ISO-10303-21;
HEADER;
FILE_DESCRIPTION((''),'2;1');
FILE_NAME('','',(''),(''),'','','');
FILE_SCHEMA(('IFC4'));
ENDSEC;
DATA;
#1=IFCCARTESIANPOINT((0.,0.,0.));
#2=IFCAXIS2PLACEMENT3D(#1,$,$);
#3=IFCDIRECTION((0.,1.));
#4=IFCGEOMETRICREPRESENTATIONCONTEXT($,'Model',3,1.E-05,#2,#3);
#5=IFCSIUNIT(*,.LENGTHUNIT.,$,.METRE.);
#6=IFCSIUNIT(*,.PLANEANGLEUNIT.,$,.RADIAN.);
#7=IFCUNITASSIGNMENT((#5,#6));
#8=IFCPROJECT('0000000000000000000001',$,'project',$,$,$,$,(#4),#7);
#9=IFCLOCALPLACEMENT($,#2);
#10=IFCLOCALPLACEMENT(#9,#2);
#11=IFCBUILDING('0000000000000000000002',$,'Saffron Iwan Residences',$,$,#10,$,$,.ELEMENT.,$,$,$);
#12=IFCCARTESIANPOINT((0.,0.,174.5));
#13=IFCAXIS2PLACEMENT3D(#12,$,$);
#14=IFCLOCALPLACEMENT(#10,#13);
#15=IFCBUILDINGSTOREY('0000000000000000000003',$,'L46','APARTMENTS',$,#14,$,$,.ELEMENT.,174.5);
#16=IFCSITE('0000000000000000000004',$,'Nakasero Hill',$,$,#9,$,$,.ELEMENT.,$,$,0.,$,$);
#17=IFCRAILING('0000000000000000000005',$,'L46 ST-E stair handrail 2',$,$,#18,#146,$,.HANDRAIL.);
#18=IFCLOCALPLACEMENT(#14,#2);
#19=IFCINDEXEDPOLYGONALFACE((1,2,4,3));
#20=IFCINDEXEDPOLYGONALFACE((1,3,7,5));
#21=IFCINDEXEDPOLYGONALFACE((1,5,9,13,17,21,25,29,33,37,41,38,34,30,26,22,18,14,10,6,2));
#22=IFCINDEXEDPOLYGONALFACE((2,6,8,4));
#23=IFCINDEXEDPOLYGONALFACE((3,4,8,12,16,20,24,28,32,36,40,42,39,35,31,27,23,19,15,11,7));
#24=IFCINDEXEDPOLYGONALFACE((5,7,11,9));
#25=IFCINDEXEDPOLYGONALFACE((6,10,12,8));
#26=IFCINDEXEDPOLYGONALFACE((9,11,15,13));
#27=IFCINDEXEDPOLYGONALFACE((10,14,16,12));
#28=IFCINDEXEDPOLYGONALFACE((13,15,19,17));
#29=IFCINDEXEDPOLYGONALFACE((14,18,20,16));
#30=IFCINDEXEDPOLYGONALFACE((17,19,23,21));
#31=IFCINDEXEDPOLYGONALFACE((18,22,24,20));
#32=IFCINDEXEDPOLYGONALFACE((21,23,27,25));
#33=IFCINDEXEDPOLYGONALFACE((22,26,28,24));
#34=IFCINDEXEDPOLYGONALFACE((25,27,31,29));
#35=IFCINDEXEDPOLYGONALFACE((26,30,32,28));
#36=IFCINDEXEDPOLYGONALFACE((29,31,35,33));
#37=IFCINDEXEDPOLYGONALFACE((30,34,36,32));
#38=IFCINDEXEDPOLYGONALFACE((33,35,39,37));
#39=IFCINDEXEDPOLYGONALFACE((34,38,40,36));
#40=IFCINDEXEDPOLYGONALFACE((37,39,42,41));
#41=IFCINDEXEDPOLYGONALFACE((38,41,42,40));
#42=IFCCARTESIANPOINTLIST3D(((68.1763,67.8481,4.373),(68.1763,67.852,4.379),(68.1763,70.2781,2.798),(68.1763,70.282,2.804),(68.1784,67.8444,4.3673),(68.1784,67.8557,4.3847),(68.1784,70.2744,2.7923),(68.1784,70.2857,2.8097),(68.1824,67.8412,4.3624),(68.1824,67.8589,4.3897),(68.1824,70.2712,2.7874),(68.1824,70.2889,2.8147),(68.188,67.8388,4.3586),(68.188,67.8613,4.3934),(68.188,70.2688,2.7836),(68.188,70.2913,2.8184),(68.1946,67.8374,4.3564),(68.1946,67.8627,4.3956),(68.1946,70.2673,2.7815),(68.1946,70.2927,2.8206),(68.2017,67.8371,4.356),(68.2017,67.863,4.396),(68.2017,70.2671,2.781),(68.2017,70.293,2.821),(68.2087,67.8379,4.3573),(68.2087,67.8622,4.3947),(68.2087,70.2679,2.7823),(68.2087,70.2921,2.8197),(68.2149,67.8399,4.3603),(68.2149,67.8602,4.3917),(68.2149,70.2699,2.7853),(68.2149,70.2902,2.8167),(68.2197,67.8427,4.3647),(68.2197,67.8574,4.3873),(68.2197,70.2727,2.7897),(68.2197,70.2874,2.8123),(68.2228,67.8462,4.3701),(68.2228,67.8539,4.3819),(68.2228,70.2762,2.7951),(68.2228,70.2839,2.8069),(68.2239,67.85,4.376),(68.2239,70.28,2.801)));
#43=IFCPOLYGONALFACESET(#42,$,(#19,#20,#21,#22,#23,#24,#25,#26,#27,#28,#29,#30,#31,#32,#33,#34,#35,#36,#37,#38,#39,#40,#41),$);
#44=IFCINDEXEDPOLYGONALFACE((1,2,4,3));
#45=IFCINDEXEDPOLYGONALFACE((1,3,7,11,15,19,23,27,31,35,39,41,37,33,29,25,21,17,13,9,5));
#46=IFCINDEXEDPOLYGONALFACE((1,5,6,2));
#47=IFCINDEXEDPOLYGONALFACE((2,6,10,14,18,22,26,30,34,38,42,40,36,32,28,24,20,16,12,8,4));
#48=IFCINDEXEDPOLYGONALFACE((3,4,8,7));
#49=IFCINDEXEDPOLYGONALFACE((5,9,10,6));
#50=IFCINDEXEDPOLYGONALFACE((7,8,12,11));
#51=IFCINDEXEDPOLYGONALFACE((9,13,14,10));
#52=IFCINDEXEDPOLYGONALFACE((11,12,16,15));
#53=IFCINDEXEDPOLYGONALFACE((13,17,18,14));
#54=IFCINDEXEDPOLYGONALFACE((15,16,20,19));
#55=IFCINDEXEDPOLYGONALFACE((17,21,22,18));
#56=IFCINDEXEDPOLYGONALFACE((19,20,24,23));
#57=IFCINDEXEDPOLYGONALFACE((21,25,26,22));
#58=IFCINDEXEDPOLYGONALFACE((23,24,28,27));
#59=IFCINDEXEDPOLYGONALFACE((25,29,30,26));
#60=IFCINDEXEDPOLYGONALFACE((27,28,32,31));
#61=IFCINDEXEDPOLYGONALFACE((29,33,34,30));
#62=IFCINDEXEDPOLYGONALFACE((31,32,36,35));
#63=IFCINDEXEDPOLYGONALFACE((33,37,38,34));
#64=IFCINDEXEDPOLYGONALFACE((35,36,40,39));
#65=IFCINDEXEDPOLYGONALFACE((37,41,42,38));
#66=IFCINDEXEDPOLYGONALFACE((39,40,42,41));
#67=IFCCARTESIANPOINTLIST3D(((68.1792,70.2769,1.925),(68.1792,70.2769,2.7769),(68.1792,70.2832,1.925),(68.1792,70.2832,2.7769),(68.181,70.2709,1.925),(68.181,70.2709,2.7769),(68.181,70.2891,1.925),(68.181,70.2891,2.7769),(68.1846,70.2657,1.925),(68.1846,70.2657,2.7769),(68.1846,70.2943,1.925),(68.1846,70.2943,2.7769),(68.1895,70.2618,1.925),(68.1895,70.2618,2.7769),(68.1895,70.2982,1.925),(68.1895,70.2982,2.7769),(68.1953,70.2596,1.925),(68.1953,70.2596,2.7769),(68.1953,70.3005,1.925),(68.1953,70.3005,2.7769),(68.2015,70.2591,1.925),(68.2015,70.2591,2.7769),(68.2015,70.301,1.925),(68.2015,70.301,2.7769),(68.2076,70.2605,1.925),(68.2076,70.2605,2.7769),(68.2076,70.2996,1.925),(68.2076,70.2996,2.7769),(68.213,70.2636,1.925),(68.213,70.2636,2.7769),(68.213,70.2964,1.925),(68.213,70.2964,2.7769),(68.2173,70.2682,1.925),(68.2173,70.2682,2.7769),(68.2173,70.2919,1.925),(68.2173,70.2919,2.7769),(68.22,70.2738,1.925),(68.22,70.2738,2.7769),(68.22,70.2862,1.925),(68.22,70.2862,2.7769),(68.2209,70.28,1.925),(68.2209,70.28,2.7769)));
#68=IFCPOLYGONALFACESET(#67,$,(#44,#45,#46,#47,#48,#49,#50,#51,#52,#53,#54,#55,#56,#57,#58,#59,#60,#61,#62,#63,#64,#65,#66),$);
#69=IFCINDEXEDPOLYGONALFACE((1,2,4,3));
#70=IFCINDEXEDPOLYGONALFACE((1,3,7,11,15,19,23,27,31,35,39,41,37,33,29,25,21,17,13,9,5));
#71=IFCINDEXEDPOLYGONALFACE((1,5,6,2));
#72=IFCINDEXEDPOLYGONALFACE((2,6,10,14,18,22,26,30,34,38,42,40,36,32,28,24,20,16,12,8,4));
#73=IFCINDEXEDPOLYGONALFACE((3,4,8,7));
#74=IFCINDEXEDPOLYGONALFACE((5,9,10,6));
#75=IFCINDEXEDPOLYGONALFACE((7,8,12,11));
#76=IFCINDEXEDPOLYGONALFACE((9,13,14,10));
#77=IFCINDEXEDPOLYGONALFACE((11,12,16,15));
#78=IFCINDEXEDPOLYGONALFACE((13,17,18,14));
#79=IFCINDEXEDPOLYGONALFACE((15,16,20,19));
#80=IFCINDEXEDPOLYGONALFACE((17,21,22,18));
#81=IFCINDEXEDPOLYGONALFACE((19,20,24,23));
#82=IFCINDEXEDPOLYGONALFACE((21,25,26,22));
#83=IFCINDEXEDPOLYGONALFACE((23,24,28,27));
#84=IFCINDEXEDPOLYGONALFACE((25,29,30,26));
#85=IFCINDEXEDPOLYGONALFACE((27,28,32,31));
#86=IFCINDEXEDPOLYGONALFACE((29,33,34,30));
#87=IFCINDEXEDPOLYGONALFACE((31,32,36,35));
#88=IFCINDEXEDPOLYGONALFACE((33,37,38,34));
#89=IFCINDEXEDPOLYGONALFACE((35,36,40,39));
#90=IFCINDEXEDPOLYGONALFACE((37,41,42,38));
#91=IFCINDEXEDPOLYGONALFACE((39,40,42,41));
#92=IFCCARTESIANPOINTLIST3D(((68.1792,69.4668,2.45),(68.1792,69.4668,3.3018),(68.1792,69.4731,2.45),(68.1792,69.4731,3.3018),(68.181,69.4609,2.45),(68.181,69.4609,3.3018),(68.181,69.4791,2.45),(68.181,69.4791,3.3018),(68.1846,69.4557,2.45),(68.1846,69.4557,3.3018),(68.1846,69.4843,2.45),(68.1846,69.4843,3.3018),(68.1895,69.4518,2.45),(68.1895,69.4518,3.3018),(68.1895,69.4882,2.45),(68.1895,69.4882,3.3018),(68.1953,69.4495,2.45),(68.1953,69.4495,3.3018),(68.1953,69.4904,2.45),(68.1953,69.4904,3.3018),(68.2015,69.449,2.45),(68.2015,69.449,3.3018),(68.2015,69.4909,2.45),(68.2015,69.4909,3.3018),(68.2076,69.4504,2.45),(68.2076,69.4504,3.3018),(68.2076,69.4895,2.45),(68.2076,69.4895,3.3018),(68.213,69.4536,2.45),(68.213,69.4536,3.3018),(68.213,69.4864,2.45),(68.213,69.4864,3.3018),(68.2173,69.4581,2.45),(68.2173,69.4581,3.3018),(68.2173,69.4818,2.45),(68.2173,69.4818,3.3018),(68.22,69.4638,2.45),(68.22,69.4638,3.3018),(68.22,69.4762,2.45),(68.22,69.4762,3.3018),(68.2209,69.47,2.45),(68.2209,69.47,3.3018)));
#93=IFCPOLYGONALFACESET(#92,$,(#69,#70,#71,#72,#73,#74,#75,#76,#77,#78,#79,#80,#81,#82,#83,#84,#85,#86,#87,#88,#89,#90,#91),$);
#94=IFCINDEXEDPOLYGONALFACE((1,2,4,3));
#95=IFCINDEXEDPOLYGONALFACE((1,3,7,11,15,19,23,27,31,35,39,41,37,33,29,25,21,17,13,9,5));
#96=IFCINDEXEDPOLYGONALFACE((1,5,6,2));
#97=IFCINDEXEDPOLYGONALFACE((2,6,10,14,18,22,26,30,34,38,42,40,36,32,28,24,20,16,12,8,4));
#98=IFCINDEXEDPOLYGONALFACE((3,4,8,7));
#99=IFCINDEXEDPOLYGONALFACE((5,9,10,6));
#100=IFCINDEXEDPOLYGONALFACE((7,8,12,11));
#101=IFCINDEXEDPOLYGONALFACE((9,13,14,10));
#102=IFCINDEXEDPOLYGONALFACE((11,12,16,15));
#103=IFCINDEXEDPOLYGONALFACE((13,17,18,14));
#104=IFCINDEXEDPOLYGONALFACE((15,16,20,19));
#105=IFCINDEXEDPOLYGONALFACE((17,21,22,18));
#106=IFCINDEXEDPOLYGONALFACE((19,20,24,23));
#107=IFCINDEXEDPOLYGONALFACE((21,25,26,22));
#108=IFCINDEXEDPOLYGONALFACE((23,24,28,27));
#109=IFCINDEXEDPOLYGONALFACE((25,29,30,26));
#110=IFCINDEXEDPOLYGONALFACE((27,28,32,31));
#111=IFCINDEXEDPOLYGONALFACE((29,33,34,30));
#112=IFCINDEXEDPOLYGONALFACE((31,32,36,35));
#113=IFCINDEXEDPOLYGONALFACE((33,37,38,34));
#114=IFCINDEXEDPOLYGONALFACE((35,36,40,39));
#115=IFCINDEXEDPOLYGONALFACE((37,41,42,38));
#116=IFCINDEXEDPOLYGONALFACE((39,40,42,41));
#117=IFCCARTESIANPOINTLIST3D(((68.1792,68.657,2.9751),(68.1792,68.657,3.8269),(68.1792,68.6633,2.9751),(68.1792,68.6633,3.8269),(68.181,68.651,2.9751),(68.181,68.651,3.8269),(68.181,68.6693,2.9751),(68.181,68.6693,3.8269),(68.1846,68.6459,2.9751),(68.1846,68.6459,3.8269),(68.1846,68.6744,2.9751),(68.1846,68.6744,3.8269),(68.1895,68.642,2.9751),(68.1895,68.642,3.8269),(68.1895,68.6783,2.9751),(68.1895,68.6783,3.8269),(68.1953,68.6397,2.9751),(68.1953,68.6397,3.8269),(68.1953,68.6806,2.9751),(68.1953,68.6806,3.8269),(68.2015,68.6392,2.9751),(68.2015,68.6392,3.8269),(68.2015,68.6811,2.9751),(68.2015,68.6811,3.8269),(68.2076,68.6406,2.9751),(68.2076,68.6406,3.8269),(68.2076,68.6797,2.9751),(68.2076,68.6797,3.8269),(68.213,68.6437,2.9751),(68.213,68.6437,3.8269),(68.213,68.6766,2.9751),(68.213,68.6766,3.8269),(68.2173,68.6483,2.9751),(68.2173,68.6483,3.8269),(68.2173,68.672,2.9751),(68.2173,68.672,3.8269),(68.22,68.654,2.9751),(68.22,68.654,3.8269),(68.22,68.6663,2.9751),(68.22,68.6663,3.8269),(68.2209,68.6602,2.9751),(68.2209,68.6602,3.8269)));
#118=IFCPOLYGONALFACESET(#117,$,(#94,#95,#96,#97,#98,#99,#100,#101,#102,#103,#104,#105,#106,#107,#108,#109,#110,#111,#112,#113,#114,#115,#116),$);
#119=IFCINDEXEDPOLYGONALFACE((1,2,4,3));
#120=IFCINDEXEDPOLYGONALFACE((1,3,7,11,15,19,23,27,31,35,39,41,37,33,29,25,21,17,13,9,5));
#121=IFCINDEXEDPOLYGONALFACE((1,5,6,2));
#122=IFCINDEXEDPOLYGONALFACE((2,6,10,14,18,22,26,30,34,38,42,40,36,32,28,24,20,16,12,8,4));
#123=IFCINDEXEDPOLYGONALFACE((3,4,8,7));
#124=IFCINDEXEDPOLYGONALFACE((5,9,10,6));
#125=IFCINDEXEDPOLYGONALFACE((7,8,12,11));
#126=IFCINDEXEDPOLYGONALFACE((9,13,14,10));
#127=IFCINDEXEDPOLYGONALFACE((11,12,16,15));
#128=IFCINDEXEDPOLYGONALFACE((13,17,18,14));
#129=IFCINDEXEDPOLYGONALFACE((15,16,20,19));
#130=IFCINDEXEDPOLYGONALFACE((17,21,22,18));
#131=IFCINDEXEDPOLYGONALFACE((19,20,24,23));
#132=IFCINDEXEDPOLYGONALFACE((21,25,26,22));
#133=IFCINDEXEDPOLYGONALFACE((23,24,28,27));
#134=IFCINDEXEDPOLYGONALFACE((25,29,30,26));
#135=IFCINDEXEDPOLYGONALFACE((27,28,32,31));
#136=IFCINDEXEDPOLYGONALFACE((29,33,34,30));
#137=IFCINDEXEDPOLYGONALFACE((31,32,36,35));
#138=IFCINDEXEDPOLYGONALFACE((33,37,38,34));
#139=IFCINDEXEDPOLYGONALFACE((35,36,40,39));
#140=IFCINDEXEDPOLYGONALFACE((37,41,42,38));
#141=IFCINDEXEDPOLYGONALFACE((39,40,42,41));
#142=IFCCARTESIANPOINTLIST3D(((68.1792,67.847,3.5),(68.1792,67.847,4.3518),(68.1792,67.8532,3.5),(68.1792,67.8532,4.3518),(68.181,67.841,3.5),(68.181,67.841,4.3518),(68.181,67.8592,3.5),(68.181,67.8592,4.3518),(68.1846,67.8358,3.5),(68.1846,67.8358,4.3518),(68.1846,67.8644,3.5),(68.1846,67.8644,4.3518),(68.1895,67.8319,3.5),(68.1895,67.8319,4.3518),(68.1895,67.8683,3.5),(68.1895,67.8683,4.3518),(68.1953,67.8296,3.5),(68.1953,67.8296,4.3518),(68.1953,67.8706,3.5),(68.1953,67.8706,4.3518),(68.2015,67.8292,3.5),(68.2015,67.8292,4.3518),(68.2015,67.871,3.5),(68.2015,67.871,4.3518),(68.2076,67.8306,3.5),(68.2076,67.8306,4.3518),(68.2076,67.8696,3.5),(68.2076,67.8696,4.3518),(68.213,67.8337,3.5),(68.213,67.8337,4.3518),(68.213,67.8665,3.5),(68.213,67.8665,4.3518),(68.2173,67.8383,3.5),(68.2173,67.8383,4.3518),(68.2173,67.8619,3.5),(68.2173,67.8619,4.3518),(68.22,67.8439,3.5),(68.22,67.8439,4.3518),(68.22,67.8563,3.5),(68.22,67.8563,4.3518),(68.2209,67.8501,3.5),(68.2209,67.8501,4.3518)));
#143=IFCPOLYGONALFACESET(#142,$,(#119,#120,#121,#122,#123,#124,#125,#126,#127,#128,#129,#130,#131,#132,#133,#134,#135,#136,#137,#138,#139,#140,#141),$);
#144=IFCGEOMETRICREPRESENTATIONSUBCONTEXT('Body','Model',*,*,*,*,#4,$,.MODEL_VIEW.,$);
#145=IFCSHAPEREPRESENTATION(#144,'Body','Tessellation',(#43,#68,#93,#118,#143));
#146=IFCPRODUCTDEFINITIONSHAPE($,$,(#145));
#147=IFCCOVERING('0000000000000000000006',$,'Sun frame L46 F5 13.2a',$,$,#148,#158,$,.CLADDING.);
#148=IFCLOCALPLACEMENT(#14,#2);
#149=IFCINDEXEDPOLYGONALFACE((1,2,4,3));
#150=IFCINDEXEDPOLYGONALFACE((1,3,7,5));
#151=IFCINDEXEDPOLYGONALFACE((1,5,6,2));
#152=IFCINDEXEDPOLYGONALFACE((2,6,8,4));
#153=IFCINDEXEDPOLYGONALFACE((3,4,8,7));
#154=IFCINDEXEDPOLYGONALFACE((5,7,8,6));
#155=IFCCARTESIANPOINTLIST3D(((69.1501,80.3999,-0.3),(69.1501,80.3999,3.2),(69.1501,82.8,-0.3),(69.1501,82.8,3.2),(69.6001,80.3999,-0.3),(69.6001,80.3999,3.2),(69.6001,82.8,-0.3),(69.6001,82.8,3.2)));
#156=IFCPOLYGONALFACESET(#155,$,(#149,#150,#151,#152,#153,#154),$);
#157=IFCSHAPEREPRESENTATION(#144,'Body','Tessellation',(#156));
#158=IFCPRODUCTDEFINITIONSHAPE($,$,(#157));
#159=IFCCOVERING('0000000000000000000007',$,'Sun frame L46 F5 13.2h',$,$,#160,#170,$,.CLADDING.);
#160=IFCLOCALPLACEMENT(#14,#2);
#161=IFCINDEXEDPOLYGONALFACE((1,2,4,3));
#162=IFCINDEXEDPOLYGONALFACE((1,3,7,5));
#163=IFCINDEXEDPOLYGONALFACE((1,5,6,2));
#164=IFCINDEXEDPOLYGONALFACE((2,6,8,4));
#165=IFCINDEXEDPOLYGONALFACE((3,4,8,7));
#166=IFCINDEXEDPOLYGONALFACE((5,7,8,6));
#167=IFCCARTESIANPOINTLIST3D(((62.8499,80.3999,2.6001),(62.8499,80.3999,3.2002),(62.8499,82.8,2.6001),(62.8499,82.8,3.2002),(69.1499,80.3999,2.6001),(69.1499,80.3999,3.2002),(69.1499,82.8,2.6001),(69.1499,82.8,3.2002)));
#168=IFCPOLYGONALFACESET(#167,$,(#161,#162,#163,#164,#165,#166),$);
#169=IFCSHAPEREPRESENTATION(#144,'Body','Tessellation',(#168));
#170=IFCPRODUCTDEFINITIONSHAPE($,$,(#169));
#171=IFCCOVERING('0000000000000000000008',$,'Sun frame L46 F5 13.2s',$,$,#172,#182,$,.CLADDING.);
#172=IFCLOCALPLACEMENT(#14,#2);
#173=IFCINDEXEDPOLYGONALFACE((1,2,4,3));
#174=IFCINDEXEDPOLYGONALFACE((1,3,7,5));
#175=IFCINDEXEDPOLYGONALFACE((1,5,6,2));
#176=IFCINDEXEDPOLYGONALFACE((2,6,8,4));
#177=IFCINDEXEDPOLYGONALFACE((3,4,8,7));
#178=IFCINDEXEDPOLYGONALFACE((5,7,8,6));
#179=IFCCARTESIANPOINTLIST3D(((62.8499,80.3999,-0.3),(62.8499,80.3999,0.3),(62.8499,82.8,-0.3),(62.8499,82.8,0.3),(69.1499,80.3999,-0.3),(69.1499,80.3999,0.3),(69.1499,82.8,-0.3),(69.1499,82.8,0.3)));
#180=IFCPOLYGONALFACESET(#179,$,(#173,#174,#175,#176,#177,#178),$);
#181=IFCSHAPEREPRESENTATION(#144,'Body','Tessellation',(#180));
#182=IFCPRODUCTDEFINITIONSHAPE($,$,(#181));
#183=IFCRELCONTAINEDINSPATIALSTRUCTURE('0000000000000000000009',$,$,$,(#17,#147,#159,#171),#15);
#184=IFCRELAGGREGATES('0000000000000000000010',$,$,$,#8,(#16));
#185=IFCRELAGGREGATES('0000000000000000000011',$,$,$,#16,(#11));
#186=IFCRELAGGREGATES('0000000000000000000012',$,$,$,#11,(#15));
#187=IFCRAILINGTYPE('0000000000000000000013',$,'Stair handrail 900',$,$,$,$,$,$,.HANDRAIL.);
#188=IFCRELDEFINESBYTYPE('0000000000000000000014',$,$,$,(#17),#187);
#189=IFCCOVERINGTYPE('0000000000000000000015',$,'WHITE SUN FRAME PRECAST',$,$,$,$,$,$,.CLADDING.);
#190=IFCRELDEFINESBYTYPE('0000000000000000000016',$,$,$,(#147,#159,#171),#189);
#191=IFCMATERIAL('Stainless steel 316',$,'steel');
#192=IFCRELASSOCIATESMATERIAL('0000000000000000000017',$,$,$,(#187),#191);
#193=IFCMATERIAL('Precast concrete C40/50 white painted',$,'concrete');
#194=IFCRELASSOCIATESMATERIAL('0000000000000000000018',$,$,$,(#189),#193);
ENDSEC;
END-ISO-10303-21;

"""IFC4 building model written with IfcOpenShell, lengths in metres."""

from ifc_helpers import new_model, si_unit, direction, frame, origin, origin_2d, place, context, subcontext, project, spatial, polyline, circle, outline, extrude, material, type_object, element, save


model = new_model("IFC4")

# Units and contexts
model_context = context("Model", 3, precision=1e-05, world=origin(), true_north=direction((0.0, 1.0)))
body_context = subcontext(model_context, "Body", "Model", "MODEL_VIEW")
ifc_project = project(units=[si_unit("LENGTHUNIT", "METRE"), si_unit("PLANEANGLEUNIT", "RADIAN")], contexts=[model_context])

# Site, building, storey
site_placement = place(None, origin())
site = spatial("IfcSite", under=ifc_project, at=site_placement, Name="Nakasero Hill", CompositionType="ELEMENT", RefElevation=0.0)
building_placement = place(site_placement, origin())
building = spatial("IfcBuilding", under=site, at=building_placement, Name="Saffron Iwan Residences", CompositionType="ELEMENT")
storey_placement = place(building_placement, frame((0.0, 0.0, 174.5)))
storey = spatial("IfcBuildingStorey", under=building, at=storey_placement, Name="L46", Description="APARTMENTS", CompositionType="ELEMENT", Elevation=174.5)

# Railing
ifc_material_1 = material(Name="Stainless steel 316", Category="steel")
railing_type_1 = type_object("IfcRailingType", Name="Stair handrail 900", PredefinedType="HANDRAIL", material=ifc_material_1)
railing_1_placement = place(storey_placement, frame((68.2, 70.28, 1.925)))
element("IfcRailing", 1, at=railing_1_placement, inside=storey, type_object=railing_type_1, Name="L46 ST-E stair handrail 2", PredefinedType="HANDRAIL", context=body_context, shape_type="SweptSolid", body=[
    extrude(circle(Radius=0.0239, at=origin_2d()), frame((0.0, 0.0, 0.876), z_axis=(0.0, -0.839154, 0.543894), x_axis=(1.0, 0.0, 0.0)), (0.0, 0.0, 1.0), 2.8958),
    extrude(circle(Radius=0.021, at=origin_2d()), origin(), (0.0, 0.0, 1.0), 0.8518),
    extrude(circle(Radius=0.021, at=origin_2d()), frame((0.0, -0.8101, 0.5249)), (0.0, 0.0, 1.0), 0.8518),
    extrude(circle(Radius=0.021, at=origin_2d()), frame((0.0, -1.6199, 1.05)), (0.0, 0.0, 1.0), 0.8518),
    extrude(circle(Radius=0.021, at=origin_2d()), frame((0.0, -2.4299, 1.575)), (0.0, 0.0, 1.0), 0.8518),
])

# Coverings
ifc_material_2 = material(Name="Precast concrete C40/50 white painted", Category="concrete")
covering_type = type_object("IfcCoveringType", Name="WHITE SUN FRAME PRECAST", PredefinedType="CLADDING", material=ifc_material_2)
covering_placement = place(storey_placement, frame((69.6001, 80.3999, -0.3), z_axis=(0.0, 1.0, 0.0), x_axis=(-1.0, 0.0, 0.0)))
element("IfcCovering", 2, at=covering_placement, inside=storey, type_object=covering_type, Name="Sun frame L46 F5 13.2a", PredefinedType="CLADDING", context=body_context, shape_type="SweptSolid", body=[
    extrude(outline(polyline([(0.0, 0.0), (0.45, 0.0), (0.45, 3.5), (0.0, 3.5), (0.0, 0.0)])), origin(), (0.0, 0.0, 1.0), 2.4001),
])
for number, where, z_axis, x_axis, name in (
    (3, (69.1499, 80.3999, 2.6001), (0.0, 1.0, 0.0), (-1.0, 0.0, 0.0), "Sun frame L46 F5 13.2h"),
    (4, (69.1499, 80.3999, -0.3), (0.0, 1.0, 0.0), (-1.0, 0.0, 0.0), "Sun frame L46 F5 13.2s"),
):
    element("IfcCovering", number, at=place(storey_placement, frame(where, z_axis=z_axis, x_axis=x_axis)), inside=storey, type_object=covering_type, Name=name, PredefinedType="CLADDING", context=body_context, shape_type="SweptSolid", body=[
        extrude(outline(polyline([(0.0, 0.0), (6.3, 0.0), (6.3, 0.6001), (0.0, 0.6001), (0.0, 0.0)])), origin(), (0.0, 0.0, 1.0), 2.4001),
    ])

save(model, "model.ifc")
